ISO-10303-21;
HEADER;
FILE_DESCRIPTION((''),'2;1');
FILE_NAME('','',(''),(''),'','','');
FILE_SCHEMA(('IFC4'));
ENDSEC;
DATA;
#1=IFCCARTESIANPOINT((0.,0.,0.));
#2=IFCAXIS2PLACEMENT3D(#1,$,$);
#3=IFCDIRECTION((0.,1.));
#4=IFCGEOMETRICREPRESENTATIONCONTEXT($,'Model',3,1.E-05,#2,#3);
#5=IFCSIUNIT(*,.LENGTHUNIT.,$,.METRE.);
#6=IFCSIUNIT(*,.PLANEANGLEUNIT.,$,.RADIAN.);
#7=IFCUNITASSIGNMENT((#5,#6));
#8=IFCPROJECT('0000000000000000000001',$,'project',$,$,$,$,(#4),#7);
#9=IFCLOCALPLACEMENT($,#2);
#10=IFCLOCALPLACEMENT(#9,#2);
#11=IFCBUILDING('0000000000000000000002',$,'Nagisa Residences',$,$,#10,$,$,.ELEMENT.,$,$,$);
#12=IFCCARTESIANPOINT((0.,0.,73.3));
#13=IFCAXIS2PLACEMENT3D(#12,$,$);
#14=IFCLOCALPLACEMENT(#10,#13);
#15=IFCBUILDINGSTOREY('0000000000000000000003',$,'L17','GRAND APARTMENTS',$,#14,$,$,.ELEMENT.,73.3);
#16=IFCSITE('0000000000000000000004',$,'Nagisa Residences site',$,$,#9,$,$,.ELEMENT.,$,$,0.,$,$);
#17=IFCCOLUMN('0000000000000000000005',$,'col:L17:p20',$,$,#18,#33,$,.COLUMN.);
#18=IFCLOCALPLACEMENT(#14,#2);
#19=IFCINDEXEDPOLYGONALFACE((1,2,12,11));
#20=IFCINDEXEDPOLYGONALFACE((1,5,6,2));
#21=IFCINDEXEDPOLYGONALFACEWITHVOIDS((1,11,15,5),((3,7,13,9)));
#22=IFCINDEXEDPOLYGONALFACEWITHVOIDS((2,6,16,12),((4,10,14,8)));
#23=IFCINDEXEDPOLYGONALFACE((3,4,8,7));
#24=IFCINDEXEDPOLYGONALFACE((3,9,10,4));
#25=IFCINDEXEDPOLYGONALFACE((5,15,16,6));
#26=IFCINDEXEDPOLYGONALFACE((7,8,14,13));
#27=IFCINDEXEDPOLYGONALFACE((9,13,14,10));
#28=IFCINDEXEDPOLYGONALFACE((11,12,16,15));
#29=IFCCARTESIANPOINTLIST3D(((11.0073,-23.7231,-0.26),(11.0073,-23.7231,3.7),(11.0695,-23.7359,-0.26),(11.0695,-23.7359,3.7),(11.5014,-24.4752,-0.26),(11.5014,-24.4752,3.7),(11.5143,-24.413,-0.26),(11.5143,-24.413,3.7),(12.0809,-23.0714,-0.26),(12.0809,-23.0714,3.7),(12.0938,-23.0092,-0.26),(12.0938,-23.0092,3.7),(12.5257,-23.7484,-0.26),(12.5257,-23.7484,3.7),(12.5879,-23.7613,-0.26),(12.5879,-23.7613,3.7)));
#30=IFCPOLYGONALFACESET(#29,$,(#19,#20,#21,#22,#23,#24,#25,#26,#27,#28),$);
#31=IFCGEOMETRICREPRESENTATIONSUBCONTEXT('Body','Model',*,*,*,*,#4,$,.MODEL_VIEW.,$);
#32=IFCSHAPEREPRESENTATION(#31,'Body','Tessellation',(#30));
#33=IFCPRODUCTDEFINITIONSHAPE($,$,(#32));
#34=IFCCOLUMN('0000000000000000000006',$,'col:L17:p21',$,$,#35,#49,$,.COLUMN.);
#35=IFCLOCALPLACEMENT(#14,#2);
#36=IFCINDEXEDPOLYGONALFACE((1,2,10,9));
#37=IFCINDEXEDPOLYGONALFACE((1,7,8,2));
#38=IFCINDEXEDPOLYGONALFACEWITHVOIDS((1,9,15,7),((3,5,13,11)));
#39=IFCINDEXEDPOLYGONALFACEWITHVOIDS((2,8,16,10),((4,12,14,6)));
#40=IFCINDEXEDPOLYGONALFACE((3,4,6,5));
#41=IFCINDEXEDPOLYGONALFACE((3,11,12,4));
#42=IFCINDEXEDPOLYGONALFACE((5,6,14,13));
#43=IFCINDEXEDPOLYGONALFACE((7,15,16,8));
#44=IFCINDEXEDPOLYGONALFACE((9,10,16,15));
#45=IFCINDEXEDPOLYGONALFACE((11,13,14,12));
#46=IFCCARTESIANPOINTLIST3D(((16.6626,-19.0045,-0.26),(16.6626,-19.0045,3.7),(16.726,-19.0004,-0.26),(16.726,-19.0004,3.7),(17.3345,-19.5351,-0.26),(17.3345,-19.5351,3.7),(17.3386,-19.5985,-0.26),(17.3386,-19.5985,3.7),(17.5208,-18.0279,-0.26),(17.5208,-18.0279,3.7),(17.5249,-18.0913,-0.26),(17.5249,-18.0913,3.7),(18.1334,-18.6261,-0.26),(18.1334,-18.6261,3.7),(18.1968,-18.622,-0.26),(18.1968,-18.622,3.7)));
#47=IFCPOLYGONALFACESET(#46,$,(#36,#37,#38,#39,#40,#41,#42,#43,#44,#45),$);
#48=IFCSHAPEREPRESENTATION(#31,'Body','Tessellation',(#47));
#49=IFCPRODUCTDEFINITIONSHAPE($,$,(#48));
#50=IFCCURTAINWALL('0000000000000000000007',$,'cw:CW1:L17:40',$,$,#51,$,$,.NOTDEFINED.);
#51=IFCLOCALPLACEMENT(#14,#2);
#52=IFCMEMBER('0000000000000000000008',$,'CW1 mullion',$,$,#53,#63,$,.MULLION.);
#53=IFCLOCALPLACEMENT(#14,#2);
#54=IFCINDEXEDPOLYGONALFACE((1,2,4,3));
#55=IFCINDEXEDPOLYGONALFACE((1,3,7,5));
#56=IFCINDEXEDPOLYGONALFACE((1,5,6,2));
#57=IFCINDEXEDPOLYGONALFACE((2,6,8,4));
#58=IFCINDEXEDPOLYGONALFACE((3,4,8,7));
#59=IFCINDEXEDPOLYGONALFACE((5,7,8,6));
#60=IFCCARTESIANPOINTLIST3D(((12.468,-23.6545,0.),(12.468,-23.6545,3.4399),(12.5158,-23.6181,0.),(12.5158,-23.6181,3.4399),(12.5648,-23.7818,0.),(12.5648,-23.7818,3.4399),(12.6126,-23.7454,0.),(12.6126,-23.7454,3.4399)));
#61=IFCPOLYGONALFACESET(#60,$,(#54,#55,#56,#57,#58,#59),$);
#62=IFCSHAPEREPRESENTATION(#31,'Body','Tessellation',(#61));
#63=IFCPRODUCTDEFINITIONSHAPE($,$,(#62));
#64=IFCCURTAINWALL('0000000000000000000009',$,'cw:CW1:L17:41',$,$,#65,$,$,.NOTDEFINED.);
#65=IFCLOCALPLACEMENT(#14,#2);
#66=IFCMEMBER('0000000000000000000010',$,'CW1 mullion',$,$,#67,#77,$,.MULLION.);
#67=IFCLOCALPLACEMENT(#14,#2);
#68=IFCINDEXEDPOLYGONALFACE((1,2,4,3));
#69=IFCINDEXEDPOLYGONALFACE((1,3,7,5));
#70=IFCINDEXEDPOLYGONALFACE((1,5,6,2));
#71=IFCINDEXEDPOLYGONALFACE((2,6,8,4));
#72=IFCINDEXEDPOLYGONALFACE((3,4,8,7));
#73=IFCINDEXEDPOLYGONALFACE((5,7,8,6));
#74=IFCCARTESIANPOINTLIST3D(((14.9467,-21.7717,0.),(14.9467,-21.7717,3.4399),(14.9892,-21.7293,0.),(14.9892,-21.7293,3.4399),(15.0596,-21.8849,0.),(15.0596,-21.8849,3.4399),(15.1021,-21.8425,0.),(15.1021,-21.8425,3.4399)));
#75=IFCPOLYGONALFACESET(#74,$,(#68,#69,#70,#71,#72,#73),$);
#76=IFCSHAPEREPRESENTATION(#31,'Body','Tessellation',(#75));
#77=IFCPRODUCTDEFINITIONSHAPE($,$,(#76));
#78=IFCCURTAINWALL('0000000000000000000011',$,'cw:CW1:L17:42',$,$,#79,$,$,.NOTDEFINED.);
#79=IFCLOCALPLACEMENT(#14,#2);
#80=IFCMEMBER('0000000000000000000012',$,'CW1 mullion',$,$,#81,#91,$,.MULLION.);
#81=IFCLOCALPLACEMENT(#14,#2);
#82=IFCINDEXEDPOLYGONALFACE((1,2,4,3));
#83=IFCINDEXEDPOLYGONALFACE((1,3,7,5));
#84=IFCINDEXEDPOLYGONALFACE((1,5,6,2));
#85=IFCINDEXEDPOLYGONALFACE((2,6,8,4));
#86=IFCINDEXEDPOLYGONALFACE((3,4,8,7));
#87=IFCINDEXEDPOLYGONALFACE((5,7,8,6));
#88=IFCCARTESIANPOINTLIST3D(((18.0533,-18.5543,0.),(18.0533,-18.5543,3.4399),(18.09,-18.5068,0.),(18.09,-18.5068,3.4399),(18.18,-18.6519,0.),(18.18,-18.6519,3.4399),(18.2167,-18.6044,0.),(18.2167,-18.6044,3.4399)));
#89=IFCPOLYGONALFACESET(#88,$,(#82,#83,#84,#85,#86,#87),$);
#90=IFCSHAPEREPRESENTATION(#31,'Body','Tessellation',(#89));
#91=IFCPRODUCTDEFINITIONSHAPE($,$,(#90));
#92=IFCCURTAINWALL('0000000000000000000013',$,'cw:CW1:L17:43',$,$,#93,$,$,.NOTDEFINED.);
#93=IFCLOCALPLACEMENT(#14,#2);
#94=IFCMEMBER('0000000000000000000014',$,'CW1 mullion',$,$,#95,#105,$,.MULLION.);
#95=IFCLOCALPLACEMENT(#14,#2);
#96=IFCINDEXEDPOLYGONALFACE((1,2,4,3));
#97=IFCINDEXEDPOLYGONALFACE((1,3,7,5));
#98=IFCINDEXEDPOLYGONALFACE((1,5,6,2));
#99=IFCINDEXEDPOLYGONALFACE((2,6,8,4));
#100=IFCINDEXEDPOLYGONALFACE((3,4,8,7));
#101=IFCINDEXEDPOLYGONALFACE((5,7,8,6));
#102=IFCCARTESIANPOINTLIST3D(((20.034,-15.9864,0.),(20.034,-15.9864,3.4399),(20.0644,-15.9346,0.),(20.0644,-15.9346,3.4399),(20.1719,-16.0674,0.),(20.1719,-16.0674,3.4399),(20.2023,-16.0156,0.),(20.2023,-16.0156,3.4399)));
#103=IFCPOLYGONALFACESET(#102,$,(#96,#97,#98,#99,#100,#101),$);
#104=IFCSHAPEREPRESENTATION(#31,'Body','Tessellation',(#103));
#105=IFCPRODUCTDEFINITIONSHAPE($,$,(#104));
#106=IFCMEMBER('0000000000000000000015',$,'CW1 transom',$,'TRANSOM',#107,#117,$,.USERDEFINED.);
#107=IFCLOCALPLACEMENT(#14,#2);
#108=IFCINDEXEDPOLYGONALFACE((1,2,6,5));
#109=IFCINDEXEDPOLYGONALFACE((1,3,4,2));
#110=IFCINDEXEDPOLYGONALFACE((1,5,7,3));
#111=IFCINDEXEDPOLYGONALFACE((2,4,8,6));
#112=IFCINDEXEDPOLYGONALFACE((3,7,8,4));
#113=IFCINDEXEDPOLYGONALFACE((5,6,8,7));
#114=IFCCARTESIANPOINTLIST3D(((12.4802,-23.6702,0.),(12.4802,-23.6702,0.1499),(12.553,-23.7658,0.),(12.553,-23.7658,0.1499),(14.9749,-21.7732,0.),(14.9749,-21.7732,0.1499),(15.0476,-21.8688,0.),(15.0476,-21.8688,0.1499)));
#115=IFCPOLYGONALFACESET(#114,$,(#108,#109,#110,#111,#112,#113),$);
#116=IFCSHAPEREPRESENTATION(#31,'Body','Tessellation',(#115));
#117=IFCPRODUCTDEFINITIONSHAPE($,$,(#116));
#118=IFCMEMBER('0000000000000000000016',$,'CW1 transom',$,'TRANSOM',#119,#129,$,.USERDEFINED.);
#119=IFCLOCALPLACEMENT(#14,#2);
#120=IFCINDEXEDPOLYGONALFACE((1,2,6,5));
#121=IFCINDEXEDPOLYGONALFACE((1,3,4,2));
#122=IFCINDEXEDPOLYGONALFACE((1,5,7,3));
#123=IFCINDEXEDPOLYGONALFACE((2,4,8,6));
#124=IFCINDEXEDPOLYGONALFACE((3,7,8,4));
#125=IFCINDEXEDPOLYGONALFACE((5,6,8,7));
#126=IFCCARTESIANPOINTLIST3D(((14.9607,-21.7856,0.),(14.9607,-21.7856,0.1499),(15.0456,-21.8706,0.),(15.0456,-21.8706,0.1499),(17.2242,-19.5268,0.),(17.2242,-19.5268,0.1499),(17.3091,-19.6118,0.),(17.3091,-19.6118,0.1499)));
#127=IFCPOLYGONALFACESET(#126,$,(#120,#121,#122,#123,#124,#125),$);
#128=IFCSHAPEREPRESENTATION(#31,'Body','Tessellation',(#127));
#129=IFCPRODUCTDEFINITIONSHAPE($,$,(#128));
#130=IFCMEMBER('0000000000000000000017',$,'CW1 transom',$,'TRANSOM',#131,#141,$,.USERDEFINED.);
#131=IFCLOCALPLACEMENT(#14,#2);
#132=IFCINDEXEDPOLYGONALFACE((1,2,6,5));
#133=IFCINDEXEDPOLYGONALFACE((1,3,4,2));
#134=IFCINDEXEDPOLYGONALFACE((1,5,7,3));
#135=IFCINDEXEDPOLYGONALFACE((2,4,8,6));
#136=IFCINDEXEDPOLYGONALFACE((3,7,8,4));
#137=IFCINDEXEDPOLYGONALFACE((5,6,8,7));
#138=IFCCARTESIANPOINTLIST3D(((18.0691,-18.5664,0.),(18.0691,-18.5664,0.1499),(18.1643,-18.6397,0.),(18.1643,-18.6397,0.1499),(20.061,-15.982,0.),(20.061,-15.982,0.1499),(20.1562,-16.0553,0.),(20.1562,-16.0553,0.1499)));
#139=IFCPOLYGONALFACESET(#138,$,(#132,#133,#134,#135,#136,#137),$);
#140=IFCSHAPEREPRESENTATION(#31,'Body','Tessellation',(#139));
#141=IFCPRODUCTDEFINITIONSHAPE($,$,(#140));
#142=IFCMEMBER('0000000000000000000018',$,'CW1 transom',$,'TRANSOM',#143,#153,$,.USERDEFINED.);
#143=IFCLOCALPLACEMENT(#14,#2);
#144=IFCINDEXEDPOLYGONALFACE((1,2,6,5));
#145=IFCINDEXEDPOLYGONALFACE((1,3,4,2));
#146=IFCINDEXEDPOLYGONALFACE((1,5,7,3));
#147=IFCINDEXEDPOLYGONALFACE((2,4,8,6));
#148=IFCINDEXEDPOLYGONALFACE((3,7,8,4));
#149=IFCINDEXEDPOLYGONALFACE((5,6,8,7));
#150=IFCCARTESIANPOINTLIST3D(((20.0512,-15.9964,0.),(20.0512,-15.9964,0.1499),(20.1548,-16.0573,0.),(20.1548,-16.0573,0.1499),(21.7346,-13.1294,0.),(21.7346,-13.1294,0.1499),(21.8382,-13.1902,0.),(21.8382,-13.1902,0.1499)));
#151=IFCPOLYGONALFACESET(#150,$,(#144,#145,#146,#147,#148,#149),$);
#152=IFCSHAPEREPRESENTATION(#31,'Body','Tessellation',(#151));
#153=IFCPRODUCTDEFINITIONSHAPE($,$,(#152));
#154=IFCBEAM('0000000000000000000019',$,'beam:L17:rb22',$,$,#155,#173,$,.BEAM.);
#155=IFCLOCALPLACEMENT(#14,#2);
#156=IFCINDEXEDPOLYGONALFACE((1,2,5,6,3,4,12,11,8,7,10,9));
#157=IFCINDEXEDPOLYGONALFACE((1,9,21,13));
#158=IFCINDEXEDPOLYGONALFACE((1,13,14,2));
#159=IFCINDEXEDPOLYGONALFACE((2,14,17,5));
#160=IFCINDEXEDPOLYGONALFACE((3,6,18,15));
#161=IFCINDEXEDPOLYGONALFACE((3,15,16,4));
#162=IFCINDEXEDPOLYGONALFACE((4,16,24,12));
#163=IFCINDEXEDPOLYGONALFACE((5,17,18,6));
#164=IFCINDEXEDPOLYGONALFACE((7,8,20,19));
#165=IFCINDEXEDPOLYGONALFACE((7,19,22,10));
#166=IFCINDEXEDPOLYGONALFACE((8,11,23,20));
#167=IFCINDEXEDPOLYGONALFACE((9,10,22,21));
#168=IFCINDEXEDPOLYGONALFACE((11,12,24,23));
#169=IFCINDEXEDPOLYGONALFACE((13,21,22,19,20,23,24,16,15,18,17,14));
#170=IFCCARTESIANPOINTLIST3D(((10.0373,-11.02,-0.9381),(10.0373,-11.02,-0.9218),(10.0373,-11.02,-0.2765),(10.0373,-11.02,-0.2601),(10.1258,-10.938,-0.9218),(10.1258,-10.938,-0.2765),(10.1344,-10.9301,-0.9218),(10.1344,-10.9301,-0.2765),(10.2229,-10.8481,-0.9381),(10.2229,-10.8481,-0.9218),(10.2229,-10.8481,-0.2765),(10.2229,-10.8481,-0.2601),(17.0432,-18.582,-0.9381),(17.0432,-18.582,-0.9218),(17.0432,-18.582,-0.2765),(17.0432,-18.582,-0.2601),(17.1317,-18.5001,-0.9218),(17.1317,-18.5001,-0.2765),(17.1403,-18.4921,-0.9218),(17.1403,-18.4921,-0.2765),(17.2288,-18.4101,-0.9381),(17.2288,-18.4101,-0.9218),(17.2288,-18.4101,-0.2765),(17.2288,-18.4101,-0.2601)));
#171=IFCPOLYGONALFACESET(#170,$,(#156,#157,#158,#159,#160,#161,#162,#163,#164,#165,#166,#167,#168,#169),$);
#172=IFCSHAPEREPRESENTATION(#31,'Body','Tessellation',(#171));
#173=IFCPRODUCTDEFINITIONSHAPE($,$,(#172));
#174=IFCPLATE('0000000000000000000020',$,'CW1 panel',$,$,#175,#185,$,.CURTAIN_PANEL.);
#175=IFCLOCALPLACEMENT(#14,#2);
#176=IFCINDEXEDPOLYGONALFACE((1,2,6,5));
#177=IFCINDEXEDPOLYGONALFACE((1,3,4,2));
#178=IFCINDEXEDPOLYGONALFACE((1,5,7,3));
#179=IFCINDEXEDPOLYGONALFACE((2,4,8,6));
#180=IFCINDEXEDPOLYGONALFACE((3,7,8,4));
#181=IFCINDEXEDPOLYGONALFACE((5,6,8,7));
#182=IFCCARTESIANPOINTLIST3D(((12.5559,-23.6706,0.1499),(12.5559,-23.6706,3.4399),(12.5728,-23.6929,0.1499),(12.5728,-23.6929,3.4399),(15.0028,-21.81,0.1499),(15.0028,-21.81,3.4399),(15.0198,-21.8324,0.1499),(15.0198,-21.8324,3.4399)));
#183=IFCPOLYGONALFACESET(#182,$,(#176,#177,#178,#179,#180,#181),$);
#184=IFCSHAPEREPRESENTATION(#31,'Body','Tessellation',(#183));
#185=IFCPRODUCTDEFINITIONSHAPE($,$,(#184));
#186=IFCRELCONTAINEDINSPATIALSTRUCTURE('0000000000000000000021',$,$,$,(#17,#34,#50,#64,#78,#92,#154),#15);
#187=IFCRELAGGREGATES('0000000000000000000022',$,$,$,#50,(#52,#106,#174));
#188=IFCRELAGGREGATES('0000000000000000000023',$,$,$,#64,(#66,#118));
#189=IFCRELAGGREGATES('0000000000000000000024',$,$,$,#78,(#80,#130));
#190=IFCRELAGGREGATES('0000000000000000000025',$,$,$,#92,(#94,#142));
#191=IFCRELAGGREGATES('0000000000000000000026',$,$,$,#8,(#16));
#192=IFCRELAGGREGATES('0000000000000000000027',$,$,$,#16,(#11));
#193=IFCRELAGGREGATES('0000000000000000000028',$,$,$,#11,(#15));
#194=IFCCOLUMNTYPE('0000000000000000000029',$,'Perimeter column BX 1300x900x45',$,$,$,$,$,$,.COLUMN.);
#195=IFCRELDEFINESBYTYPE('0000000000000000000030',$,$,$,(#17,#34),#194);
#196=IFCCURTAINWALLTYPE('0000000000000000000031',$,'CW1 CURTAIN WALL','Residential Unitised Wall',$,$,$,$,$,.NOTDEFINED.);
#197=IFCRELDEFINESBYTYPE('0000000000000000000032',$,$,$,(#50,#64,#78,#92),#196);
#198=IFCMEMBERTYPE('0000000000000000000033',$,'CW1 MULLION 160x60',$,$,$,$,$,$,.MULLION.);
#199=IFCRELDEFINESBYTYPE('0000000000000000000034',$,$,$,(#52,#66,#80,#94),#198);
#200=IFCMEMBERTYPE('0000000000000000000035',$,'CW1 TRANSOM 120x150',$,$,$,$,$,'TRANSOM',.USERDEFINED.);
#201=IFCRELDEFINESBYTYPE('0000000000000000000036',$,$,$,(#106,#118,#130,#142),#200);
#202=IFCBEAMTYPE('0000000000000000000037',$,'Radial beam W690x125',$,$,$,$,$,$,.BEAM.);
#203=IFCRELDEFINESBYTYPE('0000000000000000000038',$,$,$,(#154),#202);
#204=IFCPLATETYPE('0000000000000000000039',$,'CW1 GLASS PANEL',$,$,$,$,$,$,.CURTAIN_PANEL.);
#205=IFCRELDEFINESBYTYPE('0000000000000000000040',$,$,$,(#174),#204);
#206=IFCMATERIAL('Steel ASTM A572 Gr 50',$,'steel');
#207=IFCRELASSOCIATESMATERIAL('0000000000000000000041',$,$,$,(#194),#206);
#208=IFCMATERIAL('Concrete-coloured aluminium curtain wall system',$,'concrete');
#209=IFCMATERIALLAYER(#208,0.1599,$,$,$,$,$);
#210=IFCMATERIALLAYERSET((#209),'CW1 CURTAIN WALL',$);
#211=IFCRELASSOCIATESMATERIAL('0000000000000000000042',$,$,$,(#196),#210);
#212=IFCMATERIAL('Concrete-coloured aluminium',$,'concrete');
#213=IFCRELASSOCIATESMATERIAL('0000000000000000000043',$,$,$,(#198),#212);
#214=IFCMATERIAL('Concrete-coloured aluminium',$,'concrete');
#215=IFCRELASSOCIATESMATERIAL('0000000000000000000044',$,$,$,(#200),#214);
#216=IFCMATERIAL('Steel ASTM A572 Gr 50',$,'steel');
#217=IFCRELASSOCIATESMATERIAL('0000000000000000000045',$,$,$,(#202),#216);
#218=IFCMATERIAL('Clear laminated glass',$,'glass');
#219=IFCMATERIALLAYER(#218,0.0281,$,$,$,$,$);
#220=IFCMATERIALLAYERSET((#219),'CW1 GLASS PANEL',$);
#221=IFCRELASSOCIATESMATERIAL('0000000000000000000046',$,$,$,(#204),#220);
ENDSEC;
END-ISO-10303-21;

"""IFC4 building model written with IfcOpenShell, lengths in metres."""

from ifc_helpers import new_model, si_unit, direction, frame, origin, origin_2d, place, context, subcontext, project, spatial, rectangle, hollow_rectangle, i_section, extrude, material, layer, layer_set, material_profile, profile_set, type_object, element, aggregate, save


model = new_model("IFC4")

# Units and contexts
model_context = context("Model", 3, precision=1e-05, world=origin(), true_north=direction((0.0, 1.0)))
body_context = subcontext(model_context, "Body", "Model", "MODEL_VIEW")
ifc_project = project(units=[si_unit("LENGTHUNIT", "METRE"), si_unit("PLANEANGLEUNIT", "RADIAN")], contexts=[model_context])

# Site, building, storey
site_placement = place(None, origin())
site = spatial("IfcSite", under=ifc_project, at=site_placement, Name="Nagisa Residences site", CompositionType="ELEMENT", RefElevation=0.0)
building_placement = place(site_placement, origin())
building = spatial("IfcBuilding", under=site, at=building_placement, Name="Nagisa Residences", CompositionType="ELEMENT")
storey_placement = place(building_placement, frame((0.0, 0.0, 73.3)))
storey = spatial("IfcBuildingStorey", under=building, at=storey_placement, Name="L17", Description="GRAND APARTMENTS", CompositionType="ELEMENT", Elevation=73.3)

# Columns
ifc_material_1 = material(Name="Steel ASTM A572 Gr 50", Category="steel")
ifc_material_profile_1 = material_profile(ifc_material_1, hollow_rectangle(XDim=1.3, YDim=0.8999, WallThickness=0.0449, at=origin_2d()), Name="BX 1300x900x45")
ifc_profile_set_1 = profile_set([ifc_material_profile_1], Name="Steel ASTM A572 Gr 50")
column_type = type_object("IfcColumnType", Name="Perimeter column BX 1300x900x45", PredefinedType="COLUMN", material=ifc_profile_set_1)
for number, where, z_axis, x_axis, name in (
    (1, (11.7976, -23.7422, -0.26), (0.0, 0.0, 1.0), (0.835766, 0.549086, 0.0), "col:L17:p20"),
    (2, (17.4297, -18.8132, -0.26), (0.0, 0.0, 1.0), (0.660115, 0.751165, 0.0), "col:L17:p21"),
):
    element("IfcColumn", number, at=place(storey_placement, frame(where, z_axis=z_axis, x_axis=x_axis)), inside=storey, type_object=column_type, Name=name, PredefinedType="COLUMN", context=body_context, shape_type="SweptSolid", body=[
        extrude(hollow_rectangle(XDim=1.3, YDim=0.8999, WallThickness=0.0449, at=origin_2d()), origin(), (0.0, 0.0, 1.0), 3.96),
    ])

# Curtain walls, members
ifc_material_2 = material(Name="Concrete-coloured aluminium curtain wall system", Category="concrete")
ifc_layer_1 = layer(ifc_material_2, 0.1599)
ifc_layer_set_1 = layer_set([ifc_layer_1], Name="CW1 CURTAIN WALL")
curtain_wall_type = type_object("IfcCurtainWallType", Name="CW1 CURTAIN WALL", Description="Residential Unitised Wall", PredefinedType="NOTDEFINED", material=ifc_layer_set_1)
curtain_wall_1_placement = place(storey_placement, origin())
curtain_wall_1 = element("IfcCurtainWall", 3, at=curtain_wall_1_placement, inside=storey, type_object=curtain_wall_type, Name="cw:CW1:L17:40", PredefinedType="NOTDEFINED")
ifc_material_3 = material(Name="Concrete-coloured aluminium", Category="concrete")
ifc_material_profile_2 = material_profile(ifc_material_3, rectangle(XDim=0.1599, YDim=0.0601, at=origin_2d()), Name="CW1 MULLION 160x60")
ifc_profile_set_2 = profile_set([ifc_material_profile_2], Name="Concrete-coloured aluminium")
member_type_1 = type_object("IfcMemberType", Name="CW1 MULLION 160x60", PredefinedType="MULLION", material=ifc_profile_set_2)
member_1_placement = place(storey_placement, frame((12.5403, -23.7, 0.0), z_axis=(0.0, 0.0, 1.0), x_axis=(-0.605255, 0.796031, 0.0)))
member_1 = element("IfcMember", 4, at=member_1_placement, type_object=member_type_1, Name="CW1 mullion", PredefinedType="MULLION", context=body_context, shape_type="SweptSolid", body=[
    extrude(rectangle(XDim=0.1599, YDim=0.0601, at=origin_2d()), origin(), (0.0, 0.0, 1.0), 3.4399),
])
curtain_wall_2_placement = place(storey_placement, origin())
curtain_wall_2 = element("IfcCurtainWall", 5, at=curtain_wall_2_placement, inside=storey, type_object=curtain_wall_type, Name="cw:CW1:L17:41", PredefinedType="NOTDEFINED")
member_2_placement = place(storey_placement, frame((15.0244, -21.8071, 0.0), z_axis=(0.0, 0.0, 1.0), x_axis=(-0.706377, 0.707836, 0.0)))
member_2 = element("IfcMember", 6, at=member_2_placement, type_object=member_type_1, Name="CW1 mullion", PredefinedType="MULLION", context=body_context, shape_type="SweptSolid", body=[
    extrude(rectangle(XDim=0.1599, YDim=0.0601, at=origin_2d()), origin(), (0.0, 0.0, 1.0), 3.4399),
])
curtain_wall_3_placement = place(storey_placement, origin())
curtain_wall_3 = element("IfcCurtainWall", 7, at=curtain_wall_3_placement, inside=storey, type_object=curtain_wall_type, Name="cw:CW1:L17:42", PredefinedType="NOTDEFINED")
member_3_placement = place(storey_placement, frame((18.135, -18.5793, 0.0), z_axis=(0.0, 0.0, 1.0), x_axis=(-0.79207, 0.61043, 0.0)))
member_3 = element("IfcMember", 8, at=member_3_placement, type_object=member_type_1, Name="CW1 mullion", PredefinedType="MULLION", context=body_context, shape_type="SweptSolid", body=[
    extrude(rectangle(XDim=0.1599, YDim=0.0601, at=origin_2d()), origin(), (0.0, 0.0, 1.0), 3.4399),
])
curtain_wall_4_placement = place(storey_placement, origin())
curtain_wall_4 = element("IfcCurtainWall", 9, at=curtain_wall_4_placement, inside=storey, type_object=curtain_wall_type, Name="cw:CW1:L17:43", PredefinedType="NOTDEFINED")
member_4_placement = place(storey_placement, frame((20.1182, -16.001, 0.0), z_axis=(0.0, 0.0, 1.0), x_axis=(-0.862329, 0.506349, 0.0)))
member_4 = element("IfcMember", 10, at=member_4_placement, type_object=member_type_1, Name="CW1 mullion", PredefinedType="MULLION", context=body_context, shape_type="SweptSolid", body=[
    extrude(rectangle(XDim=0.1599, YDim=0.0601, at=origin_2d()), origin(), (0.0, 0.0, 1.0), 3.4399),
])

# Members
ifc_material_4 = material(Name="Concrete-coloured aluminium", Category="concrete")
ifc_material_profile_3 = material_profile(ifc_material_4, rectangle(XDim=0.1201, YDim=0.1499, at=origin_2d()), Name="CW1 TRANSOM 120x150")
ifc_profile_set_3 = profile_set([ifc_material_profile_3], Name="Concrete-coloured aluminium")
member_type_2 = type_object("IfcMemberType", Name="CW1 TRANSOM 120x150", ElementType="TRANSOM", PredefinedType="USERDEFINED", material=ifc_profile_set_3)
member_5_placement = place(storey_placement, frame((12.5166, -23.718, 0.075), z_axis=(0.796, 0.605297, 0.0), x_axis=(-0.605297, 0.796, 0.0)))
member_5 = element("IfcMember", 11, at=member_5_placement, type_object=member_type_2, Name="CW1 transom", ObjectType="TRANSOM", PredefinedType="USERDEFINED", context=body_context, shape_type="SweptSolid", body=[
    extrude(rectangle(XDim=0.1201, YDim=0.1499, at=origin_2d()), origin(), (0.0, 0.0, 1.0), 3.134),
])
member_6_placement = place(storey_placement, frame((15.0032, -21.8281, 0.075), z_axis=(0.707832, 0.706381, 0.0), x_axis=(-0.706381, 0.707832, 0.0)))
member_6 = element("IfcMember", 12, at=member_6_placement, type_object=member_type_2, Name="CW1 transom", ObjectType="TRANSOM", PredefinedType="USERDEFINED", context=body_context, shape_type="SweptSolid", body=[
    extrude(rectangle(XDim=0.1201, YDim=0.1499, at=origin_2d()), origin(), (0.0, 0.0, 1.0), 3.1978),
])
member_7_placement = place(storey_placement, frame((18.1167, -18.603, 0.075), z_axis=(0.610459, 0.792048, 0.0), x_axis=(-0.792048, 0.610459, 0.0)))
member_7 = element("IfcMember", 13, at=member_7_placement, type_object=member_type_2, Name="CW1 transom", ObjectType="TRANSOM", PredefinedType="USERDEFINED", context=body_context, shape_type="SweptSolid", body=[
    extrude(rectangle(XDim=0.1201, YDim=0.1499, at=origin_2d()), origin(), (0.0, 0.0, 1.0), 3.2629),
])
member_8_placement = place(storey_placement, frame((20.103, -16.0269, 0.075), z_axis=(0.50633, 0.86234, 0.0), x_axis=(-0.86234, 0.50633, 0.0)))
member_8 = element("IfcMember", 14, at=member_8_placement, type_object=member_type_2, Name="CW1 transom", ObjectType="TRANSOM", PredefinedType="USERDEFINED", context=body_context, shape_type="SweptSolid", body=[
    extrude(rectangle(XDim=0.1201, YDim=0.1499, at=origin_2d()), origin(), (0.0, 0.0, 1.0), 3.3247),
])

# Beam
ifc_material_5 = material(Name="Steel ASTM A572 Gr 50", Category="steel")
ifc_material_profile_4 = material_profile(ifc_material_5, i_section(OverallWidth=0.2529, OverallDepth=0.678, WebThickness=0.0117, FlangeThickness=0.0164, at=origin_2d()), Name="W690x125")
ifc_profile_set_4 = profile_set([ifc_material_profile_4], Name="Steel ASTM A572 Gr 50")
beam_type = type_object("IfcBeamType", Name="Radial beam W690x125", PredefinedType="BEAM", material=ifc_profile_set_4)
beam_placement = place(storey_placement, frame((17.136, -18.4961, -0.5991), z_axis=(-0.679617, 0.733567, 0.0), x_axis=(-0.733567, -0.679617, 0.0)))
element("IfcBeam", 15, at=beam_placement, inside=storey, type_object=beam_type, Name="beam:L17:rb22", PredefinedType="BEAM", context=body_context, shape_type="SweptSolid", body=[
    extrude(i_section(OverallWidth=0.2529, OverallDepth=0.678, WebThickness=0.0117, FlangeThickness=0.0164, at=origin_2d()), origin(), (0.0, 0.0, 1.0), 10.3086),
])

# Plate
ifc_material_6 = material(Name="Clear laminated glass", Category="glass")
ifc_layer_2 = layer(ifc_material_6, 0.0281)
ifc_layer_set_2 = layer_set([ifc_layer_2], Name="CW1 GLASS PANEL")
plate_type = type_object("IfcPlateType", Name="CW1 GLASS PANEL", PredefinedType="CURTAIN_PANEL", material=ifc_layer_set_2)
plate_1_placement = place(storey_placement, frame((13.7878, -22.7515, 0.1499), z_axis=(0.0, 0.0, 1.0), x_axis=(0.796031, 0.605255, 0.0)))
plate_1 = element("IfcPlate", 16, at=plate_1_placement, type_object=plate_type, Name="CW1 panel", PredefinedType="CURTAIN_PANEL", context=body_context, shape_type="SweptSolid", body=[
    extrude(rectangle(XDim=3.074, YDim=0.0281, at=origin_2d()), origin(), (0.0, 0.0, 1.0), 3.29),
])
aggregate(curtain_wall_1, [member_1, member_5, plate_1])
aggregate(curtain_wall_2, [member_2, member_6])
aggregate(curtain_wall_3, [member_3, member_7])
aggregate(curtain_wall_4, [member_4, member_8])

save(model, "model.ifc")
